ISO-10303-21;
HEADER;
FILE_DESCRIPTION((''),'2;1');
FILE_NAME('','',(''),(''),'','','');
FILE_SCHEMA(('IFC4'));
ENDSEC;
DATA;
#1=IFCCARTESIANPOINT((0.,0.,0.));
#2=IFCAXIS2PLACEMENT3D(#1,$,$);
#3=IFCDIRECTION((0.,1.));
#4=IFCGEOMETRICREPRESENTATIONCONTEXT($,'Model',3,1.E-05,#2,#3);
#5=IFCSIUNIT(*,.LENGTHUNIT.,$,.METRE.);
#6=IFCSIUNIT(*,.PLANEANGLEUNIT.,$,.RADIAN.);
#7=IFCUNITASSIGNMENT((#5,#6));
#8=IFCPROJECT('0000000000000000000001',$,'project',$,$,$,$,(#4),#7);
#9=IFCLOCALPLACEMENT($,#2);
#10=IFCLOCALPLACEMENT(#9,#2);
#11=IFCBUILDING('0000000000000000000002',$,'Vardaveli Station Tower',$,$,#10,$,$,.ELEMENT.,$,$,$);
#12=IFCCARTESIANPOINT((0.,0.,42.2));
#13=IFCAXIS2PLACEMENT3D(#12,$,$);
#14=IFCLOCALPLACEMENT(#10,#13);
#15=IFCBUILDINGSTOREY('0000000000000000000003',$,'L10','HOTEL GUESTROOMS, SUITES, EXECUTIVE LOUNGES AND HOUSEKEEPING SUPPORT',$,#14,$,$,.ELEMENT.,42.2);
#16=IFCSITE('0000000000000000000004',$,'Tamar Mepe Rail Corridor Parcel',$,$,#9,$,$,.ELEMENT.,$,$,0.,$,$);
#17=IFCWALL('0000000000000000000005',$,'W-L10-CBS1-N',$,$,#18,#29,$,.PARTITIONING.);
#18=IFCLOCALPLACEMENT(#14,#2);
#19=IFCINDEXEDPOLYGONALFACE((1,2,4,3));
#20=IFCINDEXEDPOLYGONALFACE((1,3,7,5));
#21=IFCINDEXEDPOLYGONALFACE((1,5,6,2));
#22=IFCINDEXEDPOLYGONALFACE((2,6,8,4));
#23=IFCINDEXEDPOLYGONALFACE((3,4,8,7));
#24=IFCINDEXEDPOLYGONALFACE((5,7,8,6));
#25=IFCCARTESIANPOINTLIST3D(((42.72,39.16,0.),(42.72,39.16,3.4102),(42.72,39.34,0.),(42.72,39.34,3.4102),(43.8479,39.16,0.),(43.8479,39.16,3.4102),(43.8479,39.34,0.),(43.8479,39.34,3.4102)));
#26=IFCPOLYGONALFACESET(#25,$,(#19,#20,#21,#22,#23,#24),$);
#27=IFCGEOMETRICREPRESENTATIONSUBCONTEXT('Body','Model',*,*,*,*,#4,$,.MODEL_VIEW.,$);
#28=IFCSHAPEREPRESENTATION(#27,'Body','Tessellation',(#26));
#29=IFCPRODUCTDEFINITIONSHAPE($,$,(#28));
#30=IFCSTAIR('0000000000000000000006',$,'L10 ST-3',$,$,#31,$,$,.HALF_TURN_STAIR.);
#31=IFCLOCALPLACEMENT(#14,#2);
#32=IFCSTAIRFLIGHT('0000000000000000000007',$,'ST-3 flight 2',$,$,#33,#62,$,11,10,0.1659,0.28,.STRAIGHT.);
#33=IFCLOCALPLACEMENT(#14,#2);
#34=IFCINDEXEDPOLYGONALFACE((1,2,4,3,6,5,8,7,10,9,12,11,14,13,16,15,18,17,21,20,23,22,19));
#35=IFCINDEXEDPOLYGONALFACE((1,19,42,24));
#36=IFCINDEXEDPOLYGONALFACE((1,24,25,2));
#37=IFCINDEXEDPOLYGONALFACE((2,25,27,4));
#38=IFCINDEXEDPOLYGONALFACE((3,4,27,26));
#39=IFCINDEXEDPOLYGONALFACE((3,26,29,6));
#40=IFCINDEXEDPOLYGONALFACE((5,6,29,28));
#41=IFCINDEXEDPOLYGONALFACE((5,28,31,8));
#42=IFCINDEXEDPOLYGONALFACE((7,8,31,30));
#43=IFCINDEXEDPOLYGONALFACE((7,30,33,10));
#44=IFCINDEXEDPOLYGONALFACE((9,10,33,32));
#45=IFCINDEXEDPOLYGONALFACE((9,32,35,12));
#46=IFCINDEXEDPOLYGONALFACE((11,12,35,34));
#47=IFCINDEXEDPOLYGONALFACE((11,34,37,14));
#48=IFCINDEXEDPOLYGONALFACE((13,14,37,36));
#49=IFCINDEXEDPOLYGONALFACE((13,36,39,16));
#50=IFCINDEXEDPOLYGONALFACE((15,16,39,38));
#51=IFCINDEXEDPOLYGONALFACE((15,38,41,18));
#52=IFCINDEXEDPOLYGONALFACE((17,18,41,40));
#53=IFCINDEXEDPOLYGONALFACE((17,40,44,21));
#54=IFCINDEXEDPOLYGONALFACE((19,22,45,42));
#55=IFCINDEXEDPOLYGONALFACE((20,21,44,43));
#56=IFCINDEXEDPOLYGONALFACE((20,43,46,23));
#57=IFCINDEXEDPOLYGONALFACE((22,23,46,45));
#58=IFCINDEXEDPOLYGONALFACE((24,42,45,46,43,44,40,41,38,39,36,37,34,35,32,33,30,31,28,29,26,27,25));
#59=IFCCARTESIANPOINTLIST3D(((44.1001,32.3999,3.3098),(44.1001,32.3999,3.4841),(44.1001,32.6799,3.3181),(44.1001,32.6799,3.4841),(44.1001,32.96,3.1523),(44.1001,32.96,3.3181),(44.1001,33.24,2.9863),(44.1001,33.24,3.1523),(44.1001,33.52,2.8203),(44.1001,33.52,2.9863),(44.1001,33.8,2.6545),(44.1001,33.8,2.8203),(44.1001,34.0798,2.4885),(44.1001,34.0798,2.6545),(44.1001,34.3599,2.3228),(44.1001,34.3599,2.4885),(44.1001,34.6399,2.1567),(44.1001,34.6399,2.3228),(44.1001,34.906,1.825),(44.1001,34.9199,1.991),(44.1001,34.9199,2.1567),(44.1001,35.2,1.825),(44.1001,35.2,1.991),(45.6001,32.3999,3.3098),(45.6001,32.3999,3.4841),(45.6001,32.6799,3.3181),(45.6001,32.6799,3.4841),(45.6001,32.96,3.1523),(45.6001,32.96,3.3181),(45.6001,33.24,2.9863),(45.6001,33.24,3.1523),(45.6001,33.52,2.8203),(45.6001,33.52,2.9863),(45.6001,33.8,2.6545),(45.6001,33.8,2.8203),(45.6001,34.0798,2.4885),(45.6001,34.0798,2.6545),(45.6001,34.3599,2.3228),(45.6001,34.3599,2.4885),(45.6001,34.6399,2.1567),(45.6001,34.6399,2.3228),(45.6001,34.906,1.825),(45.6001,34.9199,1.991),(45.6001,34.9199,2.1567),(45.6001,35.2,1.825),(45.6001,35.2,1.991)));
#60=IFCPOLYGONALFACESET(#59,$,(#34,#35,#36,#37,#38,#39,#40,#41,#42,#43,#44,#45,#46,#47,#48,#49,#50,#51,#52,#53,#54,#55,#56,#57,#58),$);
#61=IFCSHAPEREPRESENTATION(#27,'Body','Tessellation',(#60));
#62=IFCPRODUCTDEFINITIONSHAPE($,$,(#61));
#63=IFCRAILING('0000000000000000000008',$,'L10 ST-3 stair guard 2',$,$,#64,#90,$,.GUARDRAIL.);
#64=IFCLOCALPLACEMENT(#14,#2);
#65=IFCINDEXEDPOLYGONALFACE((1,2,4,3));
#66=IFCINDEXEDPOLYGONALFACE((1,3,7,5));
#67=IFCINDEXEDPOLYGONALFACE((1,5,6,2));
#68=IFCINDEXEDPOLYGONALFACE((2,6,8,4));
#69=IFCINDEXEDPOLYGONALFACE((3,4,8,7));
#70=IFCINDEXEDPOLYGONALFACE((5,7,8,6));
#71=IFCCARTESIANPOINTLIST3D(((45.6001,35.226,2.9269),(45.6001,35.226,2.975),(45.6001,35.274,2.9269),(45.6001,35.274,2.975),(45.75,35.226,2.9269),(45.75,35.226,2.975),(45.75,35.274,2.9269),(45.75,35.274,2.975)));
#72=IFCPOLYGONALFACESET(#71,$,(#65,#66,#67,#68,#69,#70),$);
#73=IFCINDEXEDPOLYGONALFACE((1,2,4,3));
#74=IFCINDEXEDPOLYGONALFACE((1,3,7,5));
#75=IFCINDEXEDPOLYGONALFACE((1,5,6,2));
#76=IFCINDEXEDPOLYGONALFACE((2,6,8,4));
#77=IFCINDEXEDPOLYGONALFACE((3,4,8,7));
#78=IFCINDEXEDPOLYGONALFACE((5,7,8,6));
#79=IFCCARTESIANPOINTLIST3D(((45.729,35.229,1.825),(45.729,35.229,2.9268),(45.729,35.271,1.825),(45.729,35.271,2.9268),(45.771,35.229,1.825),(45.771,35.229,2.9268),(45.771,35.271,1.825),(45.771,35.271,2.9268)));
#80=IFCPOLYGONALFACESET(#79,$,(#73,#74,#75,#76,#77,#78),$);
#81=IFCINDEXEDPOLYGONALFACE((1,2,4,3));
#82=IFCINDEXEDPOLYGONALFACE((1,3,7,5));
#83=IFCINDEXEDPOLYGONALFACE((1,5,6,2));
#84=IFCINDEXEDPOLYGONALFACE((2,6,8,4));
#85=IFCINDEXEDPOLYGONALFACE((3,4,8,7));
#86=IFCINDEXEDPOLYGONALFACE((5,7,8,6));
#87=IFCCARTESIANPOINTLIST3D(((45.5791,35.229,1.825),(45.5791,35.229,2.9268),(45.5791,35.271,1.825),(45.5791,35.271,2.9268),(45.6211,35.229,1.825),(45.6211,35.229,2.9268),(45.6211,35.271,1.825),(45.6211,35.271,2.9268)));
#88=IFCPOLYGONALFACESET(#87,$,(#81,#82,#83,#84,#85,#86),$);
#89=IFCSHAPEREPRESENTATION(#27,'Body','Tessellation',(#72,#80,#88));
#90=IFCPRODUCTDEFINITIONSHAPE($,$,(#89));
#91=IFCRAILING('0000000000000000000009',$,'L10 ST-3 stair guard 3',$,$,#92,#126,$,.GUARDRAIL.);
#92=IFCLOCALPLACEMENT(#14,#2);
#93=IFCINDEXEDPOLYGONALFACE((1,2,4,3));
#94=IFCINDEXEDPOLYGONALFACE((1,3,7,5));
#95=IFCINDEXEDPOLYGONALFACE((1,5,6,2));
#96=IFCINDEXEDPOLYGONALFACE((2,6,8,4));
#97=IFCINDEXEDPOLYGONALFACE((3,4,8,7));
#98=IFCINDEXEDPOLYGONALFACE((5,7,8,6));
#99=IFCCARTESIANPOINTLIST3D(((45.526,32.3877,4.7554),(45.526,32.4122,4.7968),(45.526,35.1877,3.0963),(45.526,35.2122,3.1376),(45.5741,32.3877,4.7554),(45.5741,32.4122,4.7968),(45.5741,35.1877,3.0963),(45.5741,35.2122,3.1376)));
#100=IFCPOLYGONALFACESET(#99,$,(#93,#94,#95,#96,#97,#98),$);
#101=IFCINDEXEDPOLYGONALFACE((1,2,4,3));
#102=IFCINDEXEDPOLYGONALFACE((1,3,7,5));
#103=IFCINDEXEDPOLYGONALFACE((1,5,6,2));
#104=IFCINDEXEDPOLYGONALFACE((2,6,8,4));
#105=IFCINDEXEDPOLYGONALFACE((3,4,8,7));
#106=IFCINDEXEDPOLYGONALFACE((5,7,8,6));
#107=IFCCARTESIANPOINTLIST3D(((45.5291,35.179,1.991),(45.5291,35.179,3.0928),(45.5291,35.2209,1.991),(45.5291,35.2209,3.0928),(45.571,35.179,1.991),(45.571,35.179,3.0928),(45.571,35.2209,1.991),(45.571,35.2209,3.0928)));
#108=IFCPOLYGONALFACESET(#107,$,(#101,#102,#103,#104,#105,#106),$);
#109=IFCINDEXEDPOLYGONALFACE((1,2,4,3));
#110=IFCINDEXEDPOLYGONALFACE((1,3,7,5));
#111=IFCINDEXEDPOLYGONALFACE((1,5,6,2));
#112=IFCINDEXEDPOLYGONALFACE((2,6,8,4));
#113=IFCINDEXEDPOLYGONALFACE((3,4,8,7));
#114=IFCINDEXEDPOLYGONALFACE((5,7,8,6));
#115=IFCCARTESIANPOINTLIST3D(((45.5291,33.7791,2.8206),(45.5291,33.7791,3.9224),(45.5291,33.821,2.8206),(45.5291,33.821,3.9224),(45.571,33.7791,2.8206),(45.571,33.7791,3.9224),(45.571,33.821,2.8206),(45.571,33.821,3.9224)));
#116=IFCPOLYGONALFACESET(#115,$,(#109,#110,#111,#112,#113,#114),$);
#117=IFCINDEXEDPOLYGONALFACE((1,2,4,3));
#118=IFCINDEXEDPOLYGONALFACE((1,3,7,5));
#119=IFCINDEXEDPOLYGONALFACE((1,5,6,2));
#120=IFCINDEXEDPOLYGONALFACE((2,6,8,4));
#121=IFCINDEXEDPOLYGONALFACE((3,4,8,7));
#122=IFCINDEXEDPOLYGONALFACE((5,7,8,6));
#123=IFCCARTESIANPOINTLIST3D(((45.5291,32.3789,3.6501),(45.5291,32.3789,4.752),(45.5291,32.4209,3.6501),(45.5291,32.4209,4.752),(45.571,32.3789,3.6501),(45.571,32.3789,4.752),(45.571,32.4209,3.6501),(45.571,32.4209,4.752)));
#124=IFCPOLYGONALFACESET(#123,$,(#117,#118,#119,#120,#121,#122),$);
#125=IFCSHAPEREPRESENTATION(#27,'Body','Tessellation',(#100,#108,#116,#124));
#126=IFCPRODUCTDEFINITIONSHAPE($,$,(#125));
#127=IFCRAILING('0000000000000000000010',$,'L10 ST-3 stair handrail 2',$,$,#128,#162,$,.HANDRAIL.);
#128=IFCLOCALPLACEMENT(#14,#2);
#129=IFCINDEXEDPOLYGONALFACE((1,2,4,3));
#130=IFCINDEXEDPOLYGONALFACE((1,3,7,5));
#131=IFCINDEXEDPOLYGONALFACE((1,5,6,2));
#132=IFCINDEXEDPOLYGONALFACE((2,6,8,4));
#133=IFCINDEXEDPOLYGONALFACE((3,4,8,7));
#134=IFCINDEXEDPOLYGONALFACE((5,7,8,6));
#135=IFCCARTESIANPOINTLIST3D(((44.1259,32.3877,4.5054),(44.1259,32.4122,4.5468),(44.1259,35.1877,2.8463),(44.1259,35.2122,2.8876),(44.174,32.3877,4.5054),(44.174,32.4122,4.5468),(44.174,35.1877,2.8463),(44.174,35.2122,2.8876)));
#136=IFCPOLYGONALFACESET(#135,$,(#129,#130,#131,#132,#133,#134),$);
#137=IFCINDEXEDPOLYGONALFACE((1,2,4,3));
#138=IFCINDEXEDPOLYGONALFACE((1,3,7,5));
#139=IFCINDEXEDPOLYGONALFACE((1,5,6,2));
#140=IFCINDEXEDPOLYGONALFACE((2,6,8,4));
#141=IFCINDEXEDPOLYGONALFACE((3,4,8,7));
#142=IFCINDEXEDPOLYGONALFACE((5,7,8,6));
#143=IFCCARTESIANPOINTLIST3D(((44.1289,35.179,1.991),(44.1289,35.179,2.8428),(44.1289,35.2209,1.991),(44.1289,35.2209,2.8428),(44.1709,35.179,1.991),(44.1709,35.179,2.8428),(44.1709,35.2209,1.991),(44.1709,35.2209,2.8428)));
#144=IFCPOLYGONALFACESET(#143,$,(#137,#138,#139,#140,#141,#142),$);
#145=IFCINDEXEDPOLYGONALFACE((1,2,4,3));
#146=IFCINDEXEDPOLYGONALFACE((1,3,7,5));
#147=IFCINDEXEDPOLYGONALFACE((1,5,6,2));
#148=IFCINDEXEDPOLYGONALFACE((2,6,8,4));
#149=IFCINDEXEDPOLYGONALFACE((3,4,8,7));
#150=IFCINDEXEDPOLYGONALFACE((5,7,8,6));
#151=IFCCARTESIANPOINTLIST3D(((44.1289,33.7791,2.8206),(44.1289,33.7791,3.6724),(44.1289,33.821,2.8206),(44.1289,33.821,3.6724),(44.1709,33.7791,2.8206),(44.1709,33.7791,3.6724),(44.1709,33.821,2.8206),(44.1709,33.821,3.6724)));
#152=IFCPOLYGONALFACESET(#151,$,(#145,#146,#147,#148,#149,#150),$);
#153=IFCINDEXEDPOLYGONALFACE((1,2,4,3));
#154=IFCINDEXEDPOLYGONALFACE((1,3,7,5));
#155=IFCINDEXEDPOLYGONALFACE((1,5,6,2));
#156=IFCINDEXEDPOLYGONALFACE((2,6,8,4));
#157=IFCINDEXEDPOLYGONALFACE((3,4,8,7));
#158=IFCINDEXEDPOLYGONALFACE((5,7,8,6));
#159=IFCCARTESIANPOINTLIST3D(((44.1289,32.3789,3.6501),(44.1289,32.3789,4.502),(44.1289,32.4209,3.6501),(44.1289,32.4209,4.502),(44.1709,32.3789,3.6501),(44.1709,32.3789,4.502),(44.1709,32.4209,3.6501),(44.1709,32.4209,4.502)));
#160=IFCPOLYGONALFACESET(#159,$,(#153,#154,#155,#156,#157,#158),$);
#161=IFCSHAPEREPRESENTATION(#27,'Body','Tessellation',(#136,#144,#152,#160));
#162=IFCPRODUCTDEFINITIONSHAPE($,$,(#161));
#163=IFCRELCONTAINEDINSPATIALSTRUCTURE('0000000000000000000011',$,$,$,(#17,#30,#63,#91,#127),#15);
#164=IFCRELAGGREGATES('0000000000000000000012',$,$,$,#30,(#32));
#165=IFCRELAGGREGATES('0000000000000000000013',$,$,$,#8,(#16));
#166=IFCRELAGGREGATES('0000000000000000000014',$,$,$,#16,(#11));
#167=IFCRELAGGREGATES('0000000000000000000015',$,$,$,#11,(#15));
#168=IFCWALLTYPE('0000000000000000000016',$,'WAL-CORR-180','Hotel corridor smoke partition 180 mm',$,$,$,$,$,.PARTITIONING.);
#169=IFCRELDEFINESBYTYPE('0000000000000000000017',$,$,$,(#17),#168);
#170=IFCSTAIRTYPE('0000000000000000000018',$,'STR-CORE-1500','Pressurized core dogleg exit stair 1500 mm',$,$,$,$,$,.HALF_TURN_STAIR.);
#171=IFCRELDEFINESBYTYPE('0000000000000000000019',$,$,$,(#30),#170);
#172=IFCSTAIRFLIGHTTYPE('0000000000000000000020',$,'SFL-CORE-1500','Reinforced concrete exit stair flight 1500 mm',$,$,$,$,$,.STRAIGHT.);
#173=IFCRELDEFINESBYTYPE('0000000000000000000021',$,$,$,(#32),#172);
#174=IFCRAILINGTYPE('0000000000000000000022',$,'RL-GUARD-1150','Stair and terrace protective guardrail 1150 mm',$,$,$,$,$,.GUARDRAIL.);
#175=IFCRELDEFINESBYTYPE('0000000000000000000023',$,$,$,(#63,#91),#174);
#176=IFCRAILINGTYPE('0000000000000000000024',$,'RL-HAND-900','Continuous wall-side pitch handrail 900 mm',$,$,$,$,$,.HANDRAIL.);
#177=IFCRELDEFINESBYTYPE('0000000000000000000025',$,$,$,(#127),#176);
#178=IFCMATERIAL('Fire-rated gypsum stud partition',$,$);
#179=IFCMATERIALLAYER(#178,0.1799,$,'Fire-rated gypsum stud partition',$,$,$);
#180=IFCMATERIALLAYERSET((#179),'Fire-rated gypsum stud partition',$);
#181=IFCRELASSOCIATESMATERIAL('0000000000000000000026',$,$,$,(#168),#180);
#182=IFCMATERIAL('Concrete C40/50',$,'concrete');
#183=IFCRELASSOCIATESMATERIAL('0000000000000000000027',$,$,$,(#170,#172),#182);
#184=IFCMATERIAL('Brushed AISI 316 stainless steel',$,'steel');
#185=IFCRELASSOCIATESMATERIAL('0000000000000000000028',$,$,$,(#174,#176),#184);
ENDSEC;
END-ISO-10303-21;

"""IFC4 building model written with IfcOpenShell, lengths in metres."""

from ifc_helpers import new_model, si_unit, direction, frame, frame_2d, origin, origin_2d, place, context, subcontext, project, spatial, polyline, rectangle, outline, extrude, source, transform, mapped, material, layer, layer_set, type_object, element, aggregate, save


model = new_model("IFC4")

# Units and contexts
model_context = context("Model", 3, precision=1e-05, world=origin(), true_north=direction((0.0, 1.0)))
body_context = subcontext(model_context, "Body", "Model", "MODEL_VIEW")
ifc_project = project(units=[si_unit("LENGTHUNIT", "METRE"), si_unit("PLANEANGLEUNIT", "RADIAN")], contexts=[model_context])

# Site, building, storey
site_placement = place(None, origin())
site = spatial("IfcSite", under=ifc_project, at=site_placement, Name="Tamar Mepe Rail Corridor Parcel", CompositionType="ELEMENT", RefElevation=0.0)
building_placement = place(site_placement, origin())
building = spatial("IfcBuilding", under=site, at=building_placement, Name="Vardaveli Station Tower", CompositionType="ELEMENT")
storey_placement = place(building_placement, frame((0.0, 0.0, 42.2)))
storey = spatial("IfcBuildingStorey", under=building, at=storey_placement, Name="L10", Description="HOTEL GUESTROOMS, SUITES, EXECUTIVE LOUNGES AND HOUSEKEEPING SUPPORT", CompositionType="ELEMENT", Elevation=42.2)

# Wall
ifc_material_1 = material(Name="Concrete C40/50", Category="concrete")
ifc_material_2 = material(Name="Fire-rated gypsum stud partition")
ifc_layer_1 = layer(ifc_material_2, 0.1799, Name="Fire-rated gypsum stud partition")
ifc_layer_set_1 = layer_set([ifc_layer_1], Name="Fire-rated gypsum stud partition")
wall_type_1 = type_object("IfcWallType", Name="WAL-CORR-180", Description="Hotel corridor smoke partition 180 mm", PredefinedType="PARTITIONING", material=ifc_layer_set_1)
shared_shape_1 = source(origin(), body_context, "Body", "SweptSolid", [
    extrude(rectangle(XDim=1.1279, YDim=0.1799, at=frame_2d((0.564, 0.0))), origin(), (0.0, 0.0, 1.0), 3.4102),
])
wall_1_placement = place(storey_placement, frame((42.72, 39.25, 0.0), z_axis=(0.0, 0.0, 1.0), x_axis=(1.0, 0.0, 0.0)))
element("IfcWall", 1, at=wall_1_placement, inside=storey, type_object=wall_type_1, Name="W-L10-CBS1-N", PredefinedType="PARTITIONING", context=body_context, shape_type="MappedRepresentation", body=[
    mapped(shared_shape_1, transform((0.0, 0.0, 0.0), scale=1.0)),
])

# Stair, stair flight
stair_type = type_object("IfcStairType", Name="STR-CORE-1500", Description="Pressurized core dogleg exit stair 1500 mm", PredefinedType="HALF_TURN_STAIR", material=ifc_material_1)
stair_placement = place(storey_placement, origin())
stair = element("IfcStair", 2, at=stair_placement, inside=storey, type_object=stair_type, Name="L10 ST-3", PredefinedType="HALF_TURN_STAIR")
stair_flight_type = type_object("IfcStairFlightType", Name="SFL-CORE-1500", Description="Reinforced concrete exit stair flight 1500 mm", PredefinedType="STRAIGHT", material=ifc_material_1)
shared_shape_2 = source(origin(), body_context, "Body", "SweptSolid", [
    extrude(outline(polyline([(0.0, 0.0), (0.0, 0.166), (0.28, 0.166), (0.28, 0.3318), (0.5601, 0.3318), (0.5601, 0.4978), (0.8401, 0.4978), (0.8401, 0.6636), (1.1201, 0.6636), (1.1201, 0.8296), (1.3999, 0.8296), (1.3999, 0.9954), (1.6799, 0.9954), (1.6799, 1.1614), (1.96, 1.1614), (1.96, 1.3274), (2.24, 1.3274), (2.24, 1.4932), (2.52, 1.4932), (2.52, 1.6592), (2.8, 1.6592), (2.8, 1.825), (2.8, 1.4849), (0.2939, 0.0), (0.0, 0.0)])), frame((0.0, 0.75, 0.0), z_axis=(0.0, -1.0, 0.0), x_axis=(1.0, 0.0, 0.0)), (0.0, 0.0, 1.0), 1.5),
])
stair_flight_placement = place(storey_placement, frame((44.8501, 35.2, 1.825), z_axis=(0.0, 0.0, 1.0), x_axis=(0.0, -1.0, 0.0)))
stair_flight = element("IfcStairFlight", 3, at=stair_flight_placement, type_object=stair_flight_type, Name="ST-3 flight 2", NumberOfRisers=11, NumberOfTreads=10, PredefinedType="STRAIGHT", RiserHeight=0.1659, TreadLength=0.28, context=body_context, shape_type="MappedRepresentation", body=[
    mapped(shared_shape_2, transform((0.0, 0.0, 0.0), scale=1.0)),
])
aggregate(stair, [stair_flight])

# Railings
ifc_material_3 = material(Name="Brushed AISI 316 stainless steel", Category="steel")
railing_type_1 = type_object("IfcRailingType", Name="RL-GUARD-1150", Description="Stair and terrace protective guardrail 1150 mm", PredefinedType="GUARDRAIL", material=ifc_material_3)
shared_shape_3 = source(origin(), body_context, "Body", "SweptSolid", [
    extrude(rectangle(XDim=0.0481, YDim=0.0481, at=origin_2d()), frame((0.0, 0.0, 1.126), z_axis=(-1.0, 0.0, 0.0), x_axis=(0.0, -1.0, 0.0)), (0.0, 0.0, 1.0), 0.1499),
    extrude(rectangle(XDim=0.042, YDim=0.042, at=origin_2d()), origin(), (0.0, 0.0, 1.0), 1.1018),
    extrude(rectangle(XDim=0.042, YDim=0.042, at=origin_2d()), frame((-0.1499, 0.0, 0.0)), (0.0, 0.0, 1.0), 1.1018),
])
railing_1_placement = place(storey_placement, frame((45.75, 35.25, 1.825)))
element("IfcRailing", 4, at=railing_1_placement, inside=storey, type_object=railing_type_1, Name="L10 ST-3 stair guard 2", PredefinedType="GUARDRAIL", context=body_context, shape_type="MappedRepresentation", body=[
    mapped(shared_shape_3, transform((0.0, 0.0, 0.0), scale=1.0)),
])
shared_shape_4 = source(origin(), body_context, "Body", "SweptSolid", [
    extrude(rectangle(XDim=0.0481, YDim=0.0481, at=origin_2d()), frame((0.0, 0.0, 1.126), z_axis=(0.0, -0.860306, 0.509778), x_axis=(1.0, 0.0, 0.0)), (0.0, 0.0, 1.0), 3.2546),
    extrude(rectangle(XDim=0.042, YDim=0.042, at=origin_2d()), origin(), (0.0, 0.0, 1.0), 1.1018),
    extrude(rectangle(XDim=0.042, YDim=0.042, at=origin_2d()), frame((0.0, -1.3999, 0.8296)), (0.0, 0.0, 1.0), 1.1018),
    extrude(rectangle(XDim=0.042, YDim=0.042, at=origin_2d()), frame((0.0, -2.8, 1.6592)), (0.0, 0.0, 1.0), 1.1018),
])
railing_2_placement = place(storey_placement, frame((45.55, 35.2, 1.991)))
element("IfcRailing", 5, at=railing_2_placement, inside=storey, type_object=railing_type_1, Name="L10 ST-3 stair guard 3", PredefinedType="GUARDRAIL", context=body_context, shape_type="MappedRepresentation", body=[
    mapped(shared_shape_4, transform((0.0, 0.0, 0.0), scale=1.0)),
])
railing_type_2 = type_object("IfcRailingType", Name="RL-HAND-900", Description="Continuous wall-side pitch handrail 900 mm", PredefinedType="HANDRAIL", material=ifc_material_3)
shared_shape_5 = source(origin(), body_context, "Body", "SweptSolid", [
    extrude(rectangle(XDim=0.0481, YDim=0.0481, at=origin_2d()), frame((0.0, 0.0, 0.876), z_axis=(0.0, -0.860306, 0.509778), x_axis=(1.0, 0.0, 0.0)), (0.0, 0.0, 1.0), 3.2546),
    extrude(rectangle(XDim=0.042, YDim=0.042, at=origin_2d()), origin(), (0.0, 0.0, 1.0), 0.8518),
    extrude(rectangle(XDim=0.042, YDim=0.042, at=origin_2d()), frame((0.0, -1.3999, 0.8296)), (0.0, 0.0, 1.0), 0.8518),
    extrude(rectangle(XDim=0.042, YDim=0.042, at=origin_2d()), frame((0.0, -2.8, 1.6592)), (0.0, 0.0, 1.0), 0.8518),
])
railing_3_placement = place(storey_placement, frame((44.1499, 35.2, 1.991)))
element("IfcRailing", 6, at=railing_3_placement, inside=storey, type_object=railing_type_2, Name="L10 ST-3 stair handrail 2", PredefinedType="HANDRAIL", context=body_context, shape_type="MappedRepresentation", body=[
    mapped(shared_shape_5, transform((0.0, 0.0, 0.0), scale=1.0)),
])

save(model, "model.ifc")
